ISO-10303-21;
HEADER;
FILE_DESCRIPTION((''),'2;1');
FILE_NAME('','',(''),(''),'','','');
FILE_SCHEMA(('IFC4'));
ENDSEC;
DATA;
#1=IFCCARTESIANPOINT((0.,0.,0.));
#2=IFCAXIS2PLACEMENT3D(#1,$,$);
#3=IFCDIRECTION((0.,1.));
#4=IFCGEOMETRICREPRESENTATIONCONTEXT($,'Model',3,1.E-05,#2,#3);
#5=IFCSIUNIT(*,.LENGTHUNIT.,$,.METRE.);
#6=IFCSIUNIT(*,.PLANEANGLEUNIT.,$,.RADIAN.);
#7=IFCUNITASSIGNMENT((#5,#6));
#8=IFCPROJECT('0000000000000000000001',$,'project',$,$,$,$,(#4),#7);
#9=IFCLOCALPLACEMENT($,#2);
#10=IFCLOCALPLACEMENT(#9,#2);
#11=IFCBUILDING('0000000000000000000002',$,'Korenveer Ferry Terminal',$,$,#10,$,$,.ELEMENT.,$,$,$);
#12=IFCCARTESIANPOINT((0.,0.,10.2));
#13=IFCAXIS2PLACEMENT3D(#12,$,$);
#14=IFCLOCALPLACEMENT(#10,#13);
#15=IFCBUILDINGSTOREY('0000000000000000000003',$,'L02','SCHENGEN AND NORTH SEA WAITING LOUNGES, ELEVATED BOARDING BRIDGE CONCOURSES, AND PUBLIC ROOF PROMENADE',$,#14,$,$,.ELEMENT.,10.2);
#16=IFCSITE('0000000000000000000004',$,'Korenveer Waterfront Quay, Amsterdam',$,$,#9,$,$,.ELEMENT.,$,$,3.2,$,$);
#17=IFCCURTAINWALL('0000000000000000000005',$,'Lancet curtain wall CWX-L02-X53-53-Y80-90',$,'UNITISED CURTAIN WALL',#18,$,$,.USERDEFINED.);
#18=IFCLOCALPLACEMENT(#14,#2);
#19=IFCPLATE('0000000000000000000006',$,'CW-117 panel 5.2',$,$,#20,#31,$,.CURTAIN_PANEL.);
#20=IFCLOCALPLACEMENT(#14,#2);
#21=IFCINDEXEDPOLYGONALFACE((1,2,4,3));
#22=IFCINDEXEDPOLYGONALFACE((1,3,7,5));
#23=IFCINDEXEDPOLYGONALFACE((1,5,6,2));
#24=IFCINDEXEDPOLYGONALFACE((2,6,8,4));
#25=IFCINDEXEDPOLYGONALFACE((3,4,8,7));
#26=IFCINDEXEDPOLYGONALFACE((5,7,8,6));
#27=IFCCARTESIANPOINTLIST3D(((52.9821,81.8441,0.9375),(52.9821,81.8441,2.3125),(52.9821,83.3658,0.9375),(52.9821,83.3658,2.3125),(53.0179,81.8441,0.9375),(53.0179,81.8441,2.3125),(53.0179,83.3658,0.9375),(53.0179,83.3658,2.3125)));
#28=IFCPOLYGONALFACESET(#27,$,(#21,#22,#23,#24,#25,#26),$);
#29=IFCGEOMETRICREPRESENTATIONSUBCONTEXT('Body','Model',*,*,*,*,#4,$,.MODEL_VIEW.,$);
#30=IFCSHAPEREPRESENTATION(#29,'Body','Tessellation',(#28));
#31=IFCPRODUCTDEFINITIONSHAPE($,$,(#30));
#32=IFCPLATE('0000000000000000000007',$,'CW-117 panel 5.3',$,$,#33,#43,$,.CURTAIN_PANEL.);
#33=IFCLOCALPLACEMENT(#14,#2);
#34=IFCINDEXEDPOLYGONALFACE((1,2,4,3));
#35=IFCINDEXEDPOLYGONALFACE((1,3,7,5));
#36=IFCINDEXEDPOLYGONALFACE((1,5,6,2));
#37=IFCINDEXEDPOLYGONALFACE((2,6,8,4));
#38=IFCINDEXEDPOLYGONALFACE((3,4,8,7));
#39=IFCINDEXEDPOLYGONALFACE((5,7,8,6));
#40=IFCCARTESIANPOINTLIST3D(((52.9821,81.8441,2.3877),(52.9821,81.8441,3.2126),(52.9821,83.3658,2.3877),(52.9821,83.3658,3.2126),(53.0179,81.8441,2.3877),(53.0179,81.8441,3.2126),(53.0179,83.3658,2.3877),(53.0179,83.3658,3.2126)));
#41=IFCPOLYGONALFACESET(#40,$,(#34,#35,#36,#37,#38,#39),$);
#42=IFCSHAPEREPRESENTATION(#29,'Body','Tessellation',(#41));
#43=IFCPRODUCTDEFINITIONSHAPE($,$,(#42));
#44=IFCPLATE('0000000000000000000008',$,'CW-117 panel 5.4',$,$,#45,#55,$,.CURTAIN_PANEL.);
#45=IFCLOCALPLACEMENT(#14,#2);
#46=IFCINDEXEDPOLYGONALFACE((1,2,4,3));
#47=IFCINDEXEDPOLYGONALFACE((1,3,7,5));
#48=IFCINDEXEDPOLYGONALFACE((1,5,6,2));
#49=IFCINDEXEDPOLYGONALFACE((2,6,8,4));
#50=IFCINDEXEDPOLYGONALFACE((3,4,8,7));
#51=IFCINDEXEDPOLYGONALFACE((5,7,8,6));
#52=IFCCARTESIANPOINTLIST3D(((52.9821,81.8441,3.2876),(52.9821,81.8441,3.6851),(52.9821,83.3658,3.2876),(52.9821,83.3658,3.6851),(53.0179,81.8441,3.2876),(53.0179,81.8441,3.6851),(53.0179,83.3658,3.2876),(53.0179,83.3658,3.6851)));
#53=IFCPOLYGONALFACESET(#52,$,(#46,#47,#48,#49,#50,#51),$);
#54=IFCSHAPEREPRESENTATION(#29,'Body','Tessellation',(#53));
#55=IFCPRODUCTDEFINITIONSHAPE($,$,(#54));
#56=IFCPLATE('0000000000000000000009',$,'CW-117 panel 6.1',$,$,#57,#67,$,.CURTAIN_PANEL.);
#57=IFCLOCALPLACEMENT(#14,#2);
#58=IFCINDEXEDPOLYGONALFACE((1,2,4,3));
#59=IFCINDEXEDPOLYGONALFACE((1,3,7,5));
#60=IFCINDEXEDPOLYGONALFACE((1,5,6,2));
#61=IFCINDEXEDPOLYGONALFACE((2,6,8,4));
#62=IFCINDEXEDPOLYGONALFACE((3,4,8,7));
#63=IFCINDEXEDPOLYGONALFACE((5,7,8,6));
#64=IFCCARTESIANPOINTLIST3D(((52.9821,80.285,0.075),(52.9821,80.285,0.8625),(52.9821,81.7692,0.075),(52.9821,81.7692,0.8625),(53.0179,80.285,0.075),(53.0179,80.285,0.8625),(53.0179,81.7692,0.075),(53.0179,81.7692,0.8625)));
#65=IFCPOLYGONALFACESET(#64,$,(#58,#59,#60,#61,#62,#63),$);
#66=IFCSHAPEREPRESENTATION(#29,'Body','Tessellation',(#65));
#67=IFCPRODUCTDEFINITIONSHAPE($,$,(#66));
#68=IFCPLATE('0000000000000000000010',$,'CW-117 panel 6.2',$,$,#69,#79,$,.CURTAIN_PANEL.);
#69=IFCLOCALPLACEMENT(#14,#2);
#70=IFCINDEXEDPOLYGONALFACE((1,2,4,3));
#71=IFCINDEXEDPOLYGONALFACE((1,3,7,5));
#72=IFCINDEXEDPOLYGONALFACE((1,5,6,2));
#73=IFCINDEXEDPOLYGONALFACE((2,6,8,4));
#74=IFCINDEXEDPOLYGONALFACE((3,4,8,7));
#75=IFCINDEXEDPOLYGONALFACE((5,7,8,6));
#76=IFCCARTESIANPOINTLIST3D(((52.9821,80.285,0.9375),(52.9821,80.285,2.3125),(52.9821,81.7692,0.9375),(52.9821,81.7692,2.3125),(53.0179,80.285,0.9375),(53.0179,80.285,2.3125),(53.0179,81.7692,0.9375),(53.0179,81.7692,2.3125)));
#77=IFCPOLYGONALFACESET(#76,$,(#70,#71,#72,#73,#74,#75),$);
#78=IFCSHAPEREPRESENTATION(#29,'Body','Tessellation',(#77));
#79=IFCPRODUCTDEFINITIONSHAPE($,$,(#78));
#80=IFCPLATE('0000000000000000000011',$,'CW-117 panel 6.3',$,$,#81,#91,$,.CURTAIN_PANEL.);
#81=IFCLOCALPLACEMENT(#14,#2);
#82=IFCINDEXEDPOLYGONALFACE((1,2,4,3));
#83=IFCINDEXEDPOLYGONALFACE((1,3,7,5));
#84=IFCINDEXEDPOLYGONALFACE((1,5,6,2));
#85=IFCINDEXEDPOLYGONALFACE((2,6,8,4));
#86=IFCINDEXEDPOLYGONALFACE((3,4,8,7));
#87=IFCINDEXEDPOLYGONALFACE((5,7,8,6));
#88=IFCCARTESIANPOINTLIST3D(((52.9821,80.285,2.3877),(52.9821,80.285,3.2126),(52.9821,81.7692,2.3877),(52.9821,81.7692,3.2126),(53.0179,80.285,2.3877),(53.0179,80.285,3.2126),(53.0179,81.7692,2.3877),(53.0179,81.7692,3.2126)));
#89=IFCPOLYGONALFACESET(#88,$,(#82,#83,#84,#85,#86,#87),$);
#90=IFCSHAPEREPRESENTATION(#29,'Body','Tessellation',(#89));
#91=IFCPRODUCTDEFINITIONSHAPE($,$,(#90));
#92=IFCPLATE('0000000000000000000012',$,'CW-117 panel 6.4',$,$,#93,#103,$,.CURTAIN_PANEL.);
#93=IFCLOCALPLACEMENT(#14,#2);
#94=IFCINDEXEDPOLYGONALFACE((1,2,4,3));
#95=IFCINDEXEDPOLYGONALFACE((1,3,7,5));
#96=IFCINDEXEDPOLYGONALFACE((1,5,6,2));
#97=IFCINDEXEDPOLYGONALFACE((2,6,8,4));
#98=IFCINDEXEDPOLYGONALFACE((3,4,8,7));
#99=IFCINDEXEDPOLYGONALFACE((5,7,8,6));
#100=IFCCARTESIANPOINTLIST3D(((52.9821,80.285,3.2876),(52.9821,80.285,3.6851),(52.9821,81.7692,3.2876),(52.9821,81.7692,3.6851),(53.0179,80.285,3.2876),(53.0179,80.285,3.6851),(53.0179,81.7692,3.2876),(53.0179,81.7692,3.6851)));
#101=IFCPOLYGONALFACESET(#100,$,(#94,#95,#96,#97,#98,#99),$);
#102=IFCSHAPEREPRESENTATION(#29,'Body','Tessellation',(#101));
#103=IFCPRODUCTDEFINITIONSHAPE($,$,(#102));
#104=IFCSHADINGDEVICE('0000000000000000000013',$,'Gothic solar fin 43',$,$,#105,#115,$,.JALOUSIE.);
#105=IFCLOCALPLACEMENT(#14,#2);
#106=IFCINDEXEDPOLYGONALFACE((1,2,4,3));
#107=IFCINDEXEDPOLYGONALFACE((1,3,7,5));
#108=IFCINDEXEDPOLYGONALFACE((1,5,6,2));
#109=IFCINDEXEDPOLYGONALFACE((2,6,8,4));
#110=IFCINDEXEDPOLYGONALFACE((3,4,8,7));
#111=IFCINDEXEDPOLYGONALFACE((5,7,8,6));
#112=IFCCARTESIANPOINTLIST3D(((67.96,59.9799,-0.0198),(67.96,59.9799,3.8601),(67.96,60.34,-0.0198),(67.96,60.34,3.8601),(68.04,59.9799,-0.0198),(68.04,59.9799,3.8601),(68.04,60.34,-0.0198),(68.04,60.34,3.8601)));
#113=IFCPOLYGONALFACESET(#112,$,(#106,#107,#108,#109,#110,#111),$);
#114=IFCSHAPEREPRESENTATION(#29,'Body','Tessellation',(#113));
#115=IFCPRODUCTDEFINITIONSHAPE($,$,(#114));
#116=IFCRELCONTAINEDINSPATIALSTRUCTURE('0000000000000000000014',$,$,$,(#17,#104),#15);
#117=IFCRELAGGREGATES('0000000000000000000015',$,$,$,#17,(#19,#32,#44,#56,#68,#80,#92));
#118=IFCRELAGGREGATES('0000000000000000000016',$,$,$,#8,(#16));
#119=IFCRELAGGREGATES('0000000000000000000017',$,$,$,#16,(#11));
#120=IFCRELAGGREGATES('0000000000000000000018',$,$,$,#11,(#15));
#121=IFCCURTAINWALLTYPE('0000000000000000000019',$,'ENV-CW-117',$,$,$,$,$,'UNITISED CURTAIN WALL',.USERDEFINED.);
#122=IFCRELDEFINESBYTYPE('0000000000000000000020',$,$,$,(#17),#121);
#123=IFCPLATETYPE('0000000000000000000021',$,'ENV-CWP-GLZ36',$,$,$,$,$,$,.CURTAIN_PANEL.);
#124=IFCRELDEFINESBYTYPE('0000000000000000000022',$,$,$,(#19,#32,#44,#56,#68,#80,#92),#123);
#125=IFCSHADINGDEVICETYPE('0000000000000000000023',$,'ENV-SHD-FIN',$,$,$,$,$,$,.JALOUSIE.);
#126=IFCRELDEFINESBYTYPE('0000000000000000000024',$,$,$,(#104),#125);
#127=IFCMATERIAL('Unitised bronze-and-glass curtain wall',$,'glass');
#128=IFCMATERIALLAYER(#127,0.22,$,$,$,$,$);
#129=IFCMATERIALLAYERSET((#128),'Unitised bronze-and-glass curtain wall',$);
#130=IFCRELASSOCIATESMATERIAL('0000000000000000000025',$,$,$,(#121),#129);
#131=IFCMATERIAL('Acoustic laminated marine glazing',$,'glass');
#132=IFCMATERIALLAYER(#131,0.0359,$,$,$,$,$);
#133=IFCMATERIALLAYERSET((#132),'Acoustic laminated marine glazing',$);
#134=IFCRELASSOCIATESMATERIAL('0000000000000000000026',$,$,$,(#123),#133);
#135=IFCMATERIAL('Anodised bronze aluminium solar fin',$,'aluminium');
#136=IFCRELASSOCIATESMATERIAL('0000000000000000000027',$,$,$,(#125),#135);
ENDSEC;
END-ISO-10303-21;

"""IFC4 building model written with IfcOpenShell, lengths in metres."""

from ifc_helpers import new_model, si_unit, direction, frame, origin, origin_2d, place, context, subcontext, project, spatial, rectangle, extrude, material, layer, layer_set, type_object, element, aggregate, save


model = new_model("IFC4")

# Units and contexts
model_context = context("Model", 3, precision=1e-05, world=origin(), true_north=direction((0.0, 1.0)))
body_context = subcontext(model_context, "Body", "Model", "MODEL_VIEW")
ifc_project = project(units=[si_unit("LENGTHUNIT", "METRE"), si_unit("PLANEANGLEUNIT", "RADIAN")], contexts=[model_context])

# Site, building, storey
site_placement = place(None, origin())
site = spatial("IfcSite", under=ifc_project, at=site_placement, Name="Korenveer Waterfront Quay, Amsterdam", CompositionType="ELEMENT", RefElevation=3.2)
building_placement = place(site_placement, origin())
building = spatial("IfcBuilding", under=site, at=building_placement, Name="Korenveer Ferry Terminal", CompositionType="ELEMENT")
storey_placement = place(building_placement, frame((0.0, 0.0, 10.2)))
storey = spatial("IfcBuildingStorey", under=building, at=storey_placement, Name="L02", Description="SCHENGEN AND NORTH SEA WAITING LOUNGES, ELEVATED BOARDING BRIDGE CONCOURSES, AND PUBLIC ROOF PROMENADE", CompositionType="ELEMENT", Elevation=10.2)

# Shared definitions
ifc_material_1 = material(Name="Unitised bronze-and-glass curtain wall", Category="glass")

# Curtain wall
ifc_layer_1 = layer(ifc_material_1, 0.22)
ifc_layer_set_1 = layer_set([ifc_layer_1], Name="Unitised bronze-and-glass curtain wall")
curtain_wall_type_1 = type_object("IfcCurtainWallType", Name="ENV-CW-117", ElementType="UNITISED CURTAIN WALL", PredefinedType="USERDEFINED", material=ifc_layer_set_1)
curtain_wall_1_placement = place(storey_placement, frame((53.0, 89.79, 0.0)))
curtain_wall_1 = element("IfcCurtainWall", 1, at=curtain_wall_1_placement, inside=storey, type_object=curtain_wall_type_1, Name="Lancet curtain wall CWX-L02-X53-53-Y80-90", ObjectType="UNITISED CURTAIN WALL", PredefinedType="USERDEFINED")

# Plates
ifc_material_2 = material(Name="Acoustic laminated marine glazing", Category="glass")
ifc_layer_2 = layer(ifc_material_2, 0.0359)
ifc_layer_set_2 = layer_set([ifc_layer_2], Name="Acoustic laminated marine glazing")
plate_type = type_object("IfcPlateType", Name="ENV-CWP-GLZ36", PredefinedType="CURTAIN_PANEL", material=ifc_layer_set_2)
plate_1_placement = place(storey_placement, frame((53.0, 82.605, 0.9375), z_axis=(0.0, 0.0, 1.0), x_axis=(0.0, -1.0, 0.0)))
plate_1 = element("IfcPlate", 2, at=plate_1_placement, type_object=plate_type, Name="CW-117 panel 5.2", PredefinedType="CURTAIN_PANEL", context=body_context, shape_type="SweptSolid", body=[
    extrude(rectangle(XDim=1.5217, YDim=0.0359, at=origin_2d()), origin(), (0.0, 0.0, 1.0), 1.375),
])
plate_2_placement = place(storey_placement, frame((53.0, 82.605, 2.3877), z_axis=(0.0, 0.0, 1.0), x_axis=(0.0, -1.0, 0.0)))
plate_2 = element("IfcPlate", 3, at=plate_2_placement, type_object=plate_type, Name="CW-117 panel 5.3", PredefinedType="CURTAIN_PANEL", context=body_context, shape_type="SweptSolid", body=[
    extrude(rectangle(XDim=1.5217, YDim=0.0359, at=origin_2d()), origin(), (0.0, 0.0, 1.0), 0.825),
])
plate_3_placement = place(storey_placement, frame((53.0, 82.605, 3.2876), z_axis=(0.0, 0.0, 1.0), x_axis=(0.0, -1.0, 0.0)))
plate_3 = element("IfcPlate", 4, at=plate_3_placement, type_object=plate_type, Name="CW-117 panel 5.4", PredefinedType="CURTAIN_PANEL", context=body_context, shape_type="SweptSolid", body=[
    extrude(rectangle(XDim=1.5217, YDim=0.0359, at=origin_2d()), origin(), (0.0, 0.0, 1.0), 0.3975),
])
plate_4_placement = place(storey_placement, frame((53.0, 81.0271, 0.075), z_axis=(0.0, 0.0, 1.0), x_axis=(0.0, -1.0, 0.0)))
plate_4 = element("IfcPlate", 5, at=plate_4_placement, type_object=plate_type, Name="CW-117 panel 6.1", PredefinedType="CURTAIN_PANEL", context=body_context, shape_type="SweptSolid", body=[
    extrude(rectangle(XDim=1.4841, YDim=0.0359, at=origin_2d()), origin(), (0.0, 0.0, 1.0), 0.7876),
])
plate_5_placement = place(storey_placement, frame((53.0, 81.0271, 0.9375), z_axis=(0.0, 0.0, 1.0), x_axis=(0.0, -1.0, 0.0)))
plate_5 = element("IfcPlate", 6, at=plate_5_placement, type_object=plate_type, Name="CW-117 panel 6.2", PredefinedType="CURTAIN_PANEL", context=body_context, shape_type="SweptSolid", body=[
    extrude(rectangle(XDim=1.4841, YDim=0.0359, at=origin_2d()), origin(), (0.0, 0.0, 1.0), 1.375),
])
plate_6_placement = place(storey_placement, frame((53.0, 81.0271, 2.3877), z_axis=(0.0, 0.0, 1.0), x_axis=(0.0, -1.0, 0.0)))
plate_6 = element("IfcPlate", 7, at=plate_6_placement, type_object=plate_type, Name="CW-117 panel 6.3", PredefinedType="CURTAIN_PANEL", context=body_context, shape_type="SweptSolid", body=[
    extrude(rectangle(XDim=1.4841, YDim=0.0359, at=origin_2d()), origin(), (0.0, 0.0, 1.0), 0.825),
])
plate_7_placement = place(storey_placement, frame((53.0, 81.0271, 3.2876), z_axis=(0.0, 0.0, 1.0), x_axis=(0.0, -1.0, 0.0)))
plate_7 = element("IfcPlate", 8, at=plate_7_placement, type_object=plate_type, Name="CW-117 panel 6.4", PredefinedType="CURTAIN_PANEL", context=body_context, shape_type="SweptSolid", body=[
    extrude(rectangle(XDim=1.4841, YDim=0.0359, at=origin_2d()), origin(), (0.0, 0.0, 1.0), 0.3975),
])
aggregate(curtain_wall_1, [plate_1, plate_2, plate_3, plate_4, plate_5, plate_6, plate_7])

# Shading device
ifc_material_3 = material(Name="Anodised bronze aluminium solar fin", Category="aluminium")
shading_device_type = type_object("IfcShadingDeviceType", Name="ENV-SHD-FIN", PredefinedType="JALOUSIE", material=ifc_material_3)
shading_device_placement = place(storey_placement, frame((68.0, 60.1599, -0.0198), z_axis=(0.0, 0.0, 1.0), x_axis=(0.0, 1.0, 0.0)))
element("IfcShadingDevice", 9, at=shading_device_placement, inside=storey, type_object=shading_device_type, Name="Gothic solar fin 43", PredefinedType="JALOUSIE", context=body_context, shape_type="SweptSolid", body=[
    extrude(rectangle(XDim=0.3601, YDim=0.0801, at=origin_2d()), origin(), (0.0, 0.0, 1.0), 3.8799),
])

save(model, "model.ifc")
